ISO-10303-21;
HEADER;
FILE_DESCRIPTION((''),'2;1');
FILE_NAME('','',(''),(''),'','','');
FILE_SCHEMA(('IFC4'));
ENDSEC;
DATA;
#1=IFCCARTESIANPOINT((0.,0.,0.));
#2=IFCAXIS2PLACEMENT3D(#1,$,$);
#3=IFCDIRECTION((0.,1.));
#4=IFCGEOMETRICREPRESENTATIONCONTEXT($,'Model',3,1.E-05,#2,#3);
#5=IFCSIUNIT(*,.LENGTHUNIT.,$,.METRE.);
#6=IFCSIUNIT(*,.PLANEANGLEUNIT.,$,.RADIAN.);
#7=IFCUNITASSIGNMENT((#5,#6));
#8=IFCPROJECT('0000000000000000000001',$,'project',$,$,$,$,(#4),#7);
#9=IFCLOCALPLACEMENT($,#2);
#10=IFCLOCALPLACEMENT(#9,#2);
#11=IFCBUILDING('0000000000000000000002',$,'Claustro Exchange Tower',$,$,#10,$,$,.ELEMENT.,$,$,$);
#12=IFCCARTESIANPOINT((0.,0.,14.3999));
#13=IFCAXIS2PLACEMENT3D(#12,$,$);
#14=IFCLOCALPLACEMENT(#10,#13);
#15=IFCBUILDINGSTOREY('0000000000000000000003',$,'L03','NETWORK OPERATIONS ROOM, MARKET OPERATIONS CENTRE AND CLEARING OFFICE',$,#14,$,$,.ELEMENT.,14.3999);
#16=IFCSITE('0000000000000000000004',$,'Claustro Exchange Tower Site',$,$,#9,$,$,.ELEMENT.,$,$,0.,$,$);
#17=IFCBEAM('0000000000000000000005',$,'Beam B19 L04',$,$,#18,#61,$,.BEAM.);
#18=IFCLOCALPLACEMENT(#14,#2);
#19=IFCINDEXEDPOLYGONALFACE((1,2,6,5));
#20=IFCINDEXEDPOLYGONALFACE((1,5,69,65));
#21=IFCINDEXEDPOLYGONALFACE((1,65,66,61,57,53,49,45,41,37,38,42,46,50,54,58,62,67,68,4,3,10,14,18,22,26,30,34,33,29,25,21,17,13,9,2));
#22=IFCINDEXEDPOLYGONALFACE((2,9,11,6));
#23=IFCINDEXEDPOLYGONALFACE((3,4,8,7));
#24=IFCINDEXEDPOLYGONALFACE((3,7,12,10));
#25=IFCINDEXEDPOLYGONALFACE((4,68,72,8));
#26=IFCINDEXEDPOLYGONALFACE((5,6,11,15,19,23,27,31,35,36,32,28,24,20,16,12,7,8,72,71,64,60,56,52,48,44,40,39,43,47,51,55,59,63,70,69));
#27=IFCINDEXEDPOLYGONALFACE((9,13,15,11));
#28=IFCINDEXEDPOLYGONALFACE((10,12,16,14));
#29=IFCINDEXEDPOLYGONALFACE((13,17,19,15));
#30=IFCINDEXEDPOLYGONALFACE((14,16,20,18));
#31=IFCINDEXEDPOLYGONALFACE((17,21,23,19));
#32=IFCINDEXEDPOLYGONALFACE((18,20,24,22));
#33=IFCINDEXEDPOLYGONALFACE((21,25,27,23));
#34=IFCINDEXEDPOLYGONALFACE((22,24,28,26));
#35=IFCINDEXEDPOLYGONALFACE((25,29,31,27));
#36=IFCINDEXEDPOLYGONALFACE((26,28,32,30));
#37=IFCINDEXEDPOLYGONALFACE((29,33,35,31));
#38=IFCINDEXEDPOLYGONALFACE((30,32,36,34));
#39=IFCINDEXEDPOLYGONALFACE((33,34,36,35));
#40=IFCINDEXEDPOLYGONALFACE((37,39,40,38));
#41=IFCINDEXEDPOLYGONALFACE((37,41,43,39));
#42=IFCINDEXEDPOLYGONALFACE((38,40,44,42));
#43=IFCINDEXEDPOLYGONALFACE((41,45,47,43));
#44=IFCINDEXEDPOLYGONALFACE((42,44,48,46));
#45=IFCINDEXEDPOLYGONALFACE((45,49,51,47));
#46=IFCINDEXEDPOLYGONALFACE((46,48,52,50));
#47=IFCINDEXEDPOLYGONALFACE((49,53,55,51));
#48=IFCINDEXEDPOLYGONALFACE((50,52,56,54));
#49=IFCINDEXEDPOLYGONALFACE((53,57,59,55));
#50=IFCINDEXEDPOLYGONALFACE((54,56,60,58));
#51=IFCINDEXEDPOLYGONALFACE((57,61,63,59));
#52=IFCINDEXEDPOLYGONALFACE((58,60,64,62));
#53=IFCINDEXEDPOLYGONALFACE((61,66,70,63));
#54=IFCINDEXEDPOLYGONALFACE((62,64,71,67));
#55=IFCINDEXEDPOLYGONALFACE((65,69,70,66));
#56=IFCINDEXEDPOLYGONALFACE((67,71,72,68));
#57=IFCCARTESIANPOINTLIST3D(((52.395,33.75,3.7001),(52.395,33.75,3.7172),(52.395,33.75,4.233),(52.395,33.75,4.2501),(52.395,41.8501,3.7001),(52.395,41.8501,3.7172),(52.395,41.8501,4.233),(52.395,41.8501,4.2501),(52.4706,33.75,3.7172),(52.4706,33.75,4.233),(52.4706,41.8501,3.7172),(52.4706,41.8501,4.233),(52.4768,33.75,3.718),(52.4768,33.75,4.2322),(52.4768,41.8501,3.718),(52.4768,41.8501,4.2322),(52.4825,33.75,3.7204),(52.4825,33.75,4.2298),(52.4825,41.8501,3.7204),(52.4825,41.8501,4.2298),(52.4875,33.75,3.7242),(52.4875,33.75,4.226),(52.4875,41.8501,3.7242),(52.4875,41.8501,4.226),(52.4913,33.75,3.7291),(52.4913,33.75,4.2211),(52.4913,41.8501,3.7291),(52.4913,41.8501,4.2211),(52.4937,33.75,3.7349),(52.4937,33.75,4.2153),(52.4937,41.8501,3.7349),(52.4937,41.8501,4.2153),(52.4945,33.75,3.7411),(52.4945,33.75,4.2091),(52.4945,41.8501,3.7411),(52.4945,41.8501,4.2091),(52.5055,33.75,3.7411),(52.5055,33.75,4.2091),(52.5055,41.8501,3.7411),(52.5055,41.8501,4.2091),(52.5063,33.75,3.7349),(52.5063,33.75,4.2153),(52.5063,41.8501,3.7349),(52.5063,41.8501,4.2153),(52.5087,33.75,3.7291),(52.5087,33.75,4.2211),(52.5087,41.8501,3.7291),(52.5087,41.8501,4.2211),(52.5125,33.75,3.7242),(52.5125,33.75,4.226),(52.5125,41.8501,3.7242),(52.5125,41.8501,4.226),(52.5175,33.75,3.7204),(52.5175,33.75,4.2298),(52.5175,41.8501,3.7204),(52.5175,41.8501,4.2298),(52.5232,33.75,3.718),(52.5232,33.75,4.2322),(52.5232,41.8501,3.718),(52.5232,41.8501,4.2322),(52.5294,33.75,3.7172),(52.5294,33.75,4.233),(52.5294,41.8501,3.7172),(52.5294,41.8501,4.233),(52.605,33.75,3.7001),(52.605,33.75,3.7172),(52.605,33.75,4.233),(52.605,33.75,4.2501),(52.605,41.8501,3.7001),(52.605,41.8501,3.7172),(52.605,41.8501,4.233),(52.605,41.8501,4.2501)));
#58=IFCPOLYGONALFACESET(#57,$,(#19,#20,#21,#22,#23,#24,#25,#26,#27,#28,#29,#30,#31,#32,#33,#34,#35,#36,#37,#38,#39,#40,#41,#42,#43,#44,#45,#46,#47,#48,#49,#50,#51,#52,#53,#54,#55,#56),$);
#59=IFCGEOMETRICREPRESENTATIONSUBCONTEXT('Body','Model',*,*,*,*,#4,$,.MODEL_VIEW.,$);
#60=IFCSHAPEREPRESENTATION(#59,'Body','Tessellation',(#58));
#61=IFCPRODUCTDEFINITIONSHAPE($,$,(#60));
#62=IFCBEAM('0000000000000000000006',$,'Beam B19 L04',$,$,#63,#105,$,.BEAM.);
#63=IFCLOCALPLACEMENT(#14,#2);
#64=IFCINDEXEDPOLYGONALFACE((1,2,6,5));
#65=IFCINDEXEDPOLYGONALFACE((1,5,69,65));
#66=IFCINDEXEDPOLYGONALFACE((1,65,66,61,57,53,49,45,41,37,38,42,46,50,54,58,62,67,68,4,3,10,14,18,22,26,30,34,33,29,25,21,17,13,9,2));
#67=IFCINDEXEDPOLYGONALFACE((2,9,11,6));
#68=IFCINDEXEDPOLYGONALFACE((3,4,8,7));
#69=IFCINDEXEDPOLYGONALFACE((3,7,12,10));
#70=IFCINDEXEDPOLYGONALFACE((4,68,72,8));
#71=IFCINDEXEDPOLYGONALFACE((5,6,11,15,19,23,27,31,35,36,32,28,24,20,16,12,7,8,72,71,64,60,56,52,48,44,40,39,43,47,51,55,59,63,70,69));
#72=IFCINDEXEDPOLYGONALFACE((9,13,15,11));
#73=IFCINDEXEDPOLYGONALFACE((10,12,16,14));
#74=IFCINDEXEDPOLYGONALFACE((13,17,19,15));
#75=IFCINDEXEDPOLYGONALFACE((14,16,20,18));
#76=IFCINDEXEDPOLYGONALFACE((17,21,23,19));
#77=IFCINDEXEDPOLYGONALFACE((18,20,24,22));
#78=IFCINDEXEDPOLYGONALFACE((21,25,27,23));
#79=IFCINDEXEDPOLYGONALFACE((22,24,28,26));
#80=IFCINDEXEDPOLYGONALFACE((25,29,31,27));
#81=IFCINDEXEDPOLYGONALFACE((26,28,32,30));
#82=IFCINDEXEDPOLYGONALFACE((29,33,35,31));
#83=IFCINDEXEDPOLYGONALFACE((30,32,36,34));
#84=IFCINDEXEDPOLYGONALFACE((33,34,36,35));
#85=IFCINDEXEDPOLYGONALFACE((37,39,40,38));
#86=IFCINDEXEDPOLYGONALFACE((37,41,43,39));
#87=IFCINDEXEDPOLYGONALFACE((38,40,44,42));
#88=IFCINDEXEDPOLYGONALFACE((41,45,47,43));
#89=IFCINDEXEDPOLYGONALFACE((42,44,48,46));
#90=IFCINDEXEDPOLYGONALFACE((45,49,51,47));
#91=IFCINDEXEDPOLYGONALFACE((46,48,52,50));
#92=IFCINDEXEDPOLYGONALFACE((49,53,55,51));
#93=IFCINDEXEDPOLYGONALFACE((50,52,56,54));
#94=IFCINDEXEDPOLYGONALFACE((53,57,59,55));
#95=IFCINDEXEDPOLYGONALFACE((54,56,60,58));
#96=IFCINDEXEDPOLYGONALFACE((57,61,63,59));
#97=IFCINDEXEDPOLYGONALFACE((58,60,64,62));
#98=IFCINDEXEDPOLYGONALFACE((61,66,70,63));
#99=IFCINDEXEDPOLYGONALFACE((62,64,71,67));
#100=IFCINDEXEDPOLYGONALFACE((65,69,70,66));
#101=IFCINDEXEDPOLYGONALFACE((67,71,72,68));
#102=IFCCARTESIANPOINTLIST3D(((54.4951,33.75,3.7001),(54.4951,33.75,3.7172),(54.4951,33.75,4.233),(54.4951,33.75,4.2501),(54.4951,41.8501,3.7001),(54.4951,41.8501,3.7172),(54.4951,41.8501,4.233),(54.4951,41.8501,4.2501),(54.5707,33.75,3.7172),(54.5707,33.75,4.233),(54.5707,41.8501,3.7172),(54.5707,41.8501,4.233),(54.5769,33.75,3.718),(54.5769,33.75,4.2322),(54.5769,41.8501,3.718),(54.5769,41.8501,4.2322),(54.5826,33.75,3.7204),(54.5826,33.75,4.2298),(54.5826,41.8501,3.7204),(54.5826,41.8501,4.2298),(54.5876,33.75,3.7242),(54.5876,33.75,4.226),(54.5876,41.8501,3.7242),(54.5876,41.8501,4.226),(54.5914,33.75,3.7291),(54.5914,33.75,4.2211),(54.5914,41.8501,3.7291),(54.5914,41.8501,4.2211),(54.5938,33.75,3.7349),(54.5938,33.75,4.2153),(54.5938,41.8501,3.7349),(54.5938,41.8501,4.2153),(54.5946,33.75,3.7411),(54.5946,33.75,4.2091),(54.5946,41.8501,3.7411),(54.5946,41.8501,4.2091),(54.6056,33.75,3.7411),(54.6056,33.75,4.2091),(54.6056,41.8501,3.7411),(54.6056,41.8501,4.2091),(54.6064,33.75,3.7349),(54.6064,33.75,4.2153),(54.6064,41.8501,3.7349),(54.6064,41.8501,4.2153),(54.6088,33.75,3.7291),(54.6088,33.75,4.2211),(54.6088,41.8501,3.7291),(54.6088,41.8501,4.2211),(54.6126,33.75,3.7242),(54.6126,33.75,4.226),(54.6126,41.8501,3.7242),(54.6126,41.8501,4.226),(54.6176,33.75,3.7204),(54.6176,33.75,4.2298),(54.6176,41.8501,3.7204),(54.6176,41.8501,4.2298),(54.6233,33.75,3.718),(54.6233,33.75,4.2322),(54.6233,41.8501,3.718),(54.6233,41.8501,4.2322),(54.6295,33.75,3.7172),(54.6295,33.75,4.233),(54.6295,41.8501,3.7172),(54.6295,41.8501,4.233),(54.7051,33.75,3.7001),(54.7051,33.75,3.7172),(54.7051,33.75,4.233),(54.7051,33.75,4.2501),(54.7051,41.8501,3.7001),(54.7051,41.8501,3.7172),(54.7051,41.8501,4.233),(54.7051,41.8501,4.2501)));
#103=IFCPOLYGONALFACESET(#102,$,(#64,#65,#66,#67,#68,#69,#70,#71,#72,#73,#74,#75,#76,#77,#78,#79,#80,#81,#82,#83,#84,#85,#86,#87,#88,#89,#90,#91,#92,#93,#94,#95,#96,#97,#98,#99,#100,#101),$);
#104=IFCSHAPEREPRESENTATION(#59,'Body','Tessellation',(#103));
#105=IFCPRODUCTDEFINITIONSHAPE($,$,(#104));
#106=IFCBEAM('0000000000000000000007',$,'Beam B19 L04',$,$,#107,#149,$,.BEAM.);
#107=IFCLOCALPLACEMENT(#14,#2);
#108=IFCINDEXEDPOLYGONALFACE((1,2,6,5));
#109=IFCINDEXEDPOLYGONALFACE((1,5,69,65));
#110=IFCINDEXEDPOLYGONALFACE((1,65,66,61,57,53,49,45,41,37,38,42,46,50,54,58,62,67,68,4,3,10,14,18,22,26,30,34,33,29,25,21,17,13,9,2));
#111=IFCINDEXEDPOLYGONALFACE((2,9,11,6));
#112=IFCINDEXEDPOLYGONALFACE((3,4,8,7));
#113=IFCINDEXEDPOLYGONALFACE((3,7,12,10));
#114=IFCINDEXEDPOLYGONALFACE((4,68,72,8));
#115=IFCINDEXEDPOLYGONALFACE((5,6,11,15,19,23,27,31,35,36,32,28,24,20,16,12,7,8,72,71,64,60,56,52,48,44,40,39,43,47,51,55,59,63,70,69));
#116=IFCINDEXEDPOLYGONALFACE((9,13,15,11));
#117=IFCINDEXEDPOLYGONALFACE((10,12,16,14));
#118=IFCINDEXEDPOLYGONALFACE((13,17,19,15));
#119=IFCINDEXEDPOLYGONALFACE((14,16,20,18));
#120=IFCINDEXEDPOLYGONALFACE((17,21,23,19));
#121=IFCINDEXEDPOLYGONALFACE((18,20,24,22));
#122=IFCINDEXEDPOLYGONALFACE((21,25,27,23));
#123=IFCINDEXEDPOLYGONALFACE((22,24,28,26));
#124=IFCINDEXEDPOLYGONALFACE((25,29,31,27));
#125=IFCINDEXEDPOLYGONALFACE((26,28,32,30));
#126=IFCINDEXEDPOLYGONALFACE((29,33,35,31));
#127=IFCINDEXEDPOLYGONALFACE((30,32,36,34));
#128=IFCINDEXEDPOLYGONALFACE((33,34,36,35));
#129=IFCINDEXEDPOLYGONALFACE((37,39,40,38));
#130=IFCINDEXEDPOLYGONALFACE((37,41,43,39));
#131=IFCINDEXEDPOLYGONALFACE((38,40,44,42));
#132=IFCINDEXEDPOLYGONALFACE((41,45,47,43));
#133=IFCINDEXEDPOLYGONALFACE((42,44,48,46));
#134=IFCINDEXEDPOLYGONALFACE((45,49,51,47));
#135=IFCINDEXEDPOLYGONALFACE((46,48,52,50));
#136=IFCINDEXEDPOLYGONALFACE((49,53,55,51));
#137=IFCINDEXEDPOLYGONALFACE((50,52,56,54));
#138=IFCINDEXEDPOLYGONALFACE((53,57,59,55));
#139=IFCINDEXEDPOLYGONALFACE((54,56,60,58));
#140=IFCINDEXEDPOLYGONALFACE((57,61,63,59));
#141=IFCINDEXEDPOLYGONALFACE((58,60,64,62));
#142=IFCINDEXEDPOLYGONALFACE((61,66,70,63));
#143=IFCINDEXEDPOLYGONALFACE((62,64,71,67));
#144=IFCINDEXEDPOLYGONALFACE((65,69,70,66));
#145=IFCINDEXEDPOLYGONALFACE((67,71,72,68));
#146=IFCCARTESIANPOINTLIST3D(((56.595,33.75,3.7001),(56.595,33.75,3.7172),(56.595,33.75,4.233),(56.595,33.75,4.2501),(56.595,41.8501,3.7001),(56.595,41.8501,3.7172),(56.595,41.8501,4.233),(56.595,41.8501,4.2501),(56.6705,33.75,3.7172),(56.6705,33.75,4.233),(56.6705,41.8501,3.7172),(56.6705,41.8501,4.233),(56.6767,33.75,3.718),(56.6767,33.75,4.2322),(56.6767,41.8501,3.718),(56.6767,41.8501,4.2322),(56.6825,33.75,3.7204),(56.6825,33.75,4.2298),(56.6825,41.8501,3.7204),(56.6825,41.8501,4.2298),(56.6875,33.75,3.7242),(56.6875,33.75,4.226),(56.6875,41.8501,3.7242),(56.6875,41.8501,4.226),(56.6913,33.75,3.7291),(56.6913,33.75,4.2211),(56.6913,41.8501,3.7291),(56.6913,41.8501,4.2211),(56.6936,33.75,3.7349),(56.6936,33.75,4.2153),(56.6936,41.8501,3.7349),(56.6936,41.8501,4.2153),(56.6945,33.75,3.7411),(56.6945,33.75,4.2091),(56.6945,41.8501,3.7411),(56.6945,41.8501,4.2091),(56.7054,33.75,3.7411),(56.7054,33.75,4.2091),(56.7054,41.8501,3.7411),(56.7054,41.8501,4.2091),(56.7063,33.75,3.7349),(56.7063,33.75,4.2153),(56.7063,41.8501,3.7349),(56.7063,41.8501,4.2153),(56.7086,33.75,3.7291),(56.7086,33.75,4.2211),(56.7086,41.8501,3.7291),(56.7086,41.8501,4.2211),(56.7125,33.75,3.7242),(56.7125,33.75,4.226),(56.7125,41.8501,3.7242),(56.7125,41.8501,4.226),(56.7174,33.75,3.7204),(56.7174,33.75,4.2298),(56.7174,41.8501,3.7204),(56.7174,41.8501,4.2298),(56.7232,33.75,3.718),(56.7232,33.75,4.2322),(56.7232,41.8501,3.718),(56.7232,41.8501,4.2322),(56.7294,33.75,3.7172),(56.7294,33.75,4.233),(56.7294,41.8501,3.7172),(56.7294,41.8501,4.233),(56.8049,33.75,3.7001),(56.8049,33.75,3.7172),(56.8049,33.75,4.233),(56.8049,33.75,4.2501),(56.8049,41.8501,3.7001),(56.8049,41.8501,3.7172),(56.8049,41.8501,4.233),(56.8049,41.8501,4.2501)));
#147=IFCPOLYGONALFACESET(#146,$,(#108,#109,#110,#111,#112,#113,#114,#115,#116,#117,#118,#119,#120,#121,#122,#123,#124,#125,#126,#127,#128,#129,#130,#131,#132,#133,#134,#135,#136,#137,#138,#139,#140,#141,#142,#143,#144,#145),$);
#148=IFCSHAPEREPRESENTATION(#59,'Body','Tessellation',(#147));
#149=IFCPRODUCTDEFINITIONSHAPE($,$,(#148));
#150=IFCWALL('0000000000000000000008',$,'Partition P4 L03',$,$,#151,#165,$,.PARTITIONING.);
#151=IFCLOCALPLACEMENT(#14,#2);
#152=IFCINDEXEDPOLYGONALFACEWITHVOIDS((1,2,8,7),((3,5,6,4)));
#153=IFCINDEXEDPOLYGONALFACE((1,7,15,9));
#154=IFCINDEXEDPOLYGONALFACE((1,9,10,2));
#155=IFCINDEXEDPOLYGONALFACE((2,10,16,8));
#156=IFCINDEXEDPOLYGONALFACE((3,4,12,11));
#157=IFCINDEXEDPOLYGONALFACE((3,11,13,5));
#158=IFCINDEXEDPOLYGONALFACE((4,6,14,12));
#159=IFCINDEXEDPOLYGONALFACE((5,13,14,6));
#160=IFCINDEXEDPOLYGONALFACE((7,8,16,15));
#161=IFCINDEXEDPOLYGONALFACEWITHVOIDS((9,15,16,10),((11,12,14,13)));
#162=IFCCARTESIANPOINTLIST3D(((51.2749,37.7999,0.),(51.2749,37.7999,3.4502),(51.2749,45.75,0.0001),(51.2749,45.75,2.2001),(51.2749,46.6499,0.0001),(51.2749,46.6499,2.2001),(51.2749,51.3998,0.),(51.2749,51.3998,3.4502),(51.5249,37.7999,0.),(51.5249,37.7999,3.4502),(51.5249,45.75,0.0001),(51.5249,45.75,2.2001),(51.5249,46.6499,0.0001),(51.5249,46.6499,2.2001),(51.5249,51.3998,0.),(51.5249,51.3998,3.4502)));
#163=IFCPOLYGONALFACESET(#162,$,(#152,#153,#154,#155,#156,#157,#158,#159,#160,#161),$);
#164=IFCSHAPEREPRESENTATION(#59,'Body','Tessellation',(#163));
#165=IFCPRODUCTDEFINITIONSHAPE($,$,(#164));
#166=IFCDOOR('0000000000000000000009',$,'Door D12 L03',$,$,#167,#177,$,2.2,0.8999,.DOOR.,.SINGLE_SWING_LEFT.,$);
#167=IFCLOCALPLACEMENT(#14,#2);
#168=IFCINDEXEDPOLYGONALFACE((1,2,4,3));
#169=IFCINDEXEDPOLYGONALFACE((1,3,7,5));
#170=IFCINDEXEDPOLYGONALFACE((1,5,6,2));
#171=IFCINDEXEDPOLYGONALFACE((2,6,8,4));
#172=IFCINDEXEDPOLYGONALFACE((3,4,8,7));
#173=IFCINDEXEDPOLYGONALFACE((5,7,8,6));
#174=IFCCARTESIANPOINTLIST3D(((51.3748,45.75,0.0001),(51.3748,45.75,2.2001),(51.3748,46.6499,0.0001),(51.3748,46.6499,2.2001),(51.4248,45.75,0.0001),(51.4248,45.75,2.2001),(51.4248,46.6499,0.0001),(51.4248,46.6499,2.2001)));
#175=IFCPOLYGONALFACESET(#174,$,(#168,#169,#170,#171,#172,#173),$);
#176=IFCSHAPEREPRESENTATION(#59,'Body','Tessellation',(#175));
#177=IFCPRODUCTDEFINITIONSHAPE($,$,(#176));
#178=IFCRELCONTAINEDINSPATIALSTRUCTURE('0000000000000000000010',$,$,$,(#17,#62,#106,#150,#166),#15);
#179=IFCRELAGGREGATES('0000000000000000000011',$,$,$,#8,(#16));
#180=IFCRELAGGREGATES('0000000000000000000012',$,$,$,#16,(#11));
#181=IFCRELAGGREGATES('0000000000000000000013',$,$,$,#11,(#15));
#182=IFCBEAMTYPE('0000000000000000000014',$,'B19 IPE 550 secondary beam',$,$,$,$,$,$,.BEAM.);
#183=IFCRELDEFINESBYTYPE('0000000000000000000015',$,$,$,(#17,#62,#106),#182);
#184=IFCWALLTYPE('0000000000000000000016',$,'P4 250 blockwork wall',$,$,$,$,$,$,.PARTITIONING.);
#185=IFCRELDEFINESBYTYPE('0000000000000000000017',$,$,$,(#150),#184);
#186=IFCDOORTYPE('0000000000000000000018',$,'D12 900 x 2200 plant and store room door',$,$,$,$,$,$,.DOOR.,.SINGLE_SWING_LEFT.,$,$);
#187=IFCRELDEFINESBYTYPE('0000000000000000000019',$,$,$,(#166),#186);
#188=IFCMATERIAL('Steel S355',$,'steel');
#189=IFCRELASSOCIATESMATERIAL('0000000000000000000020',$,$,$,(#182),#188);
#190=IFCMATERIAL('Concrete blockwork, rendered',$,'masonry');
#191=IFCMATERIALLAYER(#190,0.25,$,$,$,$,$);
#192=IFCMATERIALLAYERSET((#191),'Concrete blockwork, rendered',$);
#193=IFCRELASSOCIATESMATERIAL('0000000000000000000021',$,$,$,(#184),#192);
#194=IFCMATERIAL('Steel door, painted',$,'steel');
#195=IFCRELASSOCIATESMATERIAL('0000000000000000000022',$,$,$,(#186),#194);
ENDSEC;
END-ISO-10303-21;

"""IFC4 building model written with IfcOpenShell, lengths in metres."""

from ifc_helpers import new_model, si_unit, direction, frame, frame_2d, origin, origin_2d, place, context, subcontext, project, spatial, rectangle, i_section, extrude, material, layer, layer_set, material_profile, profile_set, type_object, element, fill, save


model = new_model("IFC4")

# Units and contexts
model_context = context("Model", 3, precision=1e-05, world=origin(), true_north=direction((0.0, 1.0)))
body_context = subcontext(model_context, "Body", "Model", "MODEL_VIEW")
ifc_project = project(units=[si_unit("LENGTHUNIT", "METRE"), si_unit("PLANEANGLEUNIT", "RADIAN")], contexts=[model_context])

# Site, building, storey
site_placement = place(None, origin())
site = spatial("IfcSite", under=ifc_project, at=site_placement, Name="Claustro Exchange Tower Site", CompositionType="ELEMENT", RefElevation=0.0)
building_placement = place(site_placement, origin())
building = spatial("IfcBuilding", under=site, at=building_placement, Name="Claustro Exchange Tower", CompositionType="ELEMENT")
storey_placement = place(building_placement, frame((0.0, 0.0, 14.3999)))
storey = spatial("IfcBuildingStorey", under=building, at=storey_placement, Name="L03", Description="NETWORK OPERATIONS ROOM, MARKET OPERATIONS CENTRE AND CLEARING OFFICE", CompositionType="ELEMENT", Elevation=14.3999)

# Beams
ifc_material_1 = material(Name="Steel S355", Category="steel")
ifc_material_profile_1 = material_profile(ifc_material_1, i_section(OverallWidth=0.21, OverallDepth=0.55, WebThickness=0.011, FlangeThickness=0.0171, FilletRadius=0.0239, at=origin_2d()), Name="IPE 550")
ifc_profile_set_1 = profile_set([ifc_material_profile_1], Name="Steel S355")
beam_type_1 = type_object("IfcBeamType", Name="B19 IPE 550 secondary beam", PredefinedType="BEAM", material=ifc_profile_set_1)
for number, where, z_axis, x_axis, name in (
    (1, (52.5, 33.75, 3.9751), (0.0, 1.0, 0.0), (-1.0, 0.0, 0.0), "Beam B19 L04"),
    (2, (54.6001, 33.75, 3.9751), (0.0, 1.0, 0.0), (-1.0, 0.0, 0.0), "Beam B19 L04"),
    (3, (56.7, 33.75, 3.9751), (0.0, 1.0, 0.0), (-1.0, 0.0, 0.0), "Beam B19 L04"),
):
    element("IfcBeam", number, at=place(storey_placement, frame(where, z_axis=z_axis, x_axis=x_axis)), inside=storey, type_object=beam_type_1, Name=name, PredefinedType="BEAM", context=body_context, shape_type="SweptSolid", body=[
        extrude(i_section(OverallWidth=0.21, OverallDepth=0.55, WebThickness=0.011, FlangeThickness=0.0171, FilletRadius=0.0239, at=origin_2d()), origin(), (0.0, 0.0, 1.0), 8.1001),
    ])

# Wall, opening, door
ifc_material_2 = material(Name="Concrete blockwork, rendered", Category="masonry")
ifc_layer_1 = layer(ifc_material_2, 0.25)
ifc_layer_set_1 = layer_set([ifc_layer_1], Name="Concrete blockwork, rendered")
wall_type_1 = type_object("IfcWallType", Name="P4 250 blockwork wall", PredefinedType="PARTITIONING", material=ifc_layer_set_1)
wall_1_placement = place(storey_placement, frame((51.3999, 37.8, 0.0), z_axis=(0.0, 0.0, 1.0), x_axis=(0.0, 1.0, 0.0)))
wall_1 = element("IfcWall", 4, at=wall_1_placement, inside=storey, type_object=wall_type_1, Name="Partition P4 L03", PredefinedType="PARTITIONING", context=body_context, shape_type="SweptSolid", body=[
    extrude(rectangle(XDim=13.5999, YDim=0.25, at=frame_2d((6.7998, 0.0))), origin(), (0.0, 0.0, 1.0), 3.4502),
])
opening_1_placement = place(wall_1_placement, frame((7.95, 0.0, 0.0)))
opening_1 = element("IfcOpeningElement", 5, at=opening_1_placement, cuts=wall_1, PredefinedType="OPENING", context=body_context, shape_type="SweptSolid", body=[
    extrude(rectangle(XDim=0.8999, YDim=2.2, at=frame_2d((0.45, 1.1001))), frame((0.0, 0.135, 0.0), z_axis=(0.0, -1.0, 0.0), x_axis=(1.0, 0.0, 0.0)), (0.0, 0.0, 1.0), 0.27),
])
ifc_material_3 = material(Name="Steel door, painted", Category="steel")
door_type = type_object("IfcDoorType", Name="D12 900 x 2200 plant and store room door", OperationType="SINGLE_SWING_LEFT", PredefinedType="DOOR", material=ifc_material_3)
door_placement = place(opening_1_placement, frame((0.8999, 0.0, 0.0), z_axis=(0.0, 0.0, 1.0), x_axis=(-1.0, 0.0, 0.0)))
door = element("IfcDoor", 6, at=door_placement, inside=storey, type_object=door_type, Name="Door D12 L03", OperationType="SINGLE_SWING_LEFT", OverallHeight=2.2, OverallWidth=0.8999, PredefinedType="DOOR", context=body_context, shape_type="SweptSolid", body=[
    extrude(rectangle(XDim=0.8999, YDim=2.2, at=frame_2d((0.45, 1.1001))), frame((0.0, 0.0249, 0.0), z_axis=(0.0, -1.0, 0.0), x_axis=(1.0, 0.0, 0.0)), (0.0, 0.0, 1.0), 0.05),
])
fill(opening_1, door)

save(model, "model.ifc")
